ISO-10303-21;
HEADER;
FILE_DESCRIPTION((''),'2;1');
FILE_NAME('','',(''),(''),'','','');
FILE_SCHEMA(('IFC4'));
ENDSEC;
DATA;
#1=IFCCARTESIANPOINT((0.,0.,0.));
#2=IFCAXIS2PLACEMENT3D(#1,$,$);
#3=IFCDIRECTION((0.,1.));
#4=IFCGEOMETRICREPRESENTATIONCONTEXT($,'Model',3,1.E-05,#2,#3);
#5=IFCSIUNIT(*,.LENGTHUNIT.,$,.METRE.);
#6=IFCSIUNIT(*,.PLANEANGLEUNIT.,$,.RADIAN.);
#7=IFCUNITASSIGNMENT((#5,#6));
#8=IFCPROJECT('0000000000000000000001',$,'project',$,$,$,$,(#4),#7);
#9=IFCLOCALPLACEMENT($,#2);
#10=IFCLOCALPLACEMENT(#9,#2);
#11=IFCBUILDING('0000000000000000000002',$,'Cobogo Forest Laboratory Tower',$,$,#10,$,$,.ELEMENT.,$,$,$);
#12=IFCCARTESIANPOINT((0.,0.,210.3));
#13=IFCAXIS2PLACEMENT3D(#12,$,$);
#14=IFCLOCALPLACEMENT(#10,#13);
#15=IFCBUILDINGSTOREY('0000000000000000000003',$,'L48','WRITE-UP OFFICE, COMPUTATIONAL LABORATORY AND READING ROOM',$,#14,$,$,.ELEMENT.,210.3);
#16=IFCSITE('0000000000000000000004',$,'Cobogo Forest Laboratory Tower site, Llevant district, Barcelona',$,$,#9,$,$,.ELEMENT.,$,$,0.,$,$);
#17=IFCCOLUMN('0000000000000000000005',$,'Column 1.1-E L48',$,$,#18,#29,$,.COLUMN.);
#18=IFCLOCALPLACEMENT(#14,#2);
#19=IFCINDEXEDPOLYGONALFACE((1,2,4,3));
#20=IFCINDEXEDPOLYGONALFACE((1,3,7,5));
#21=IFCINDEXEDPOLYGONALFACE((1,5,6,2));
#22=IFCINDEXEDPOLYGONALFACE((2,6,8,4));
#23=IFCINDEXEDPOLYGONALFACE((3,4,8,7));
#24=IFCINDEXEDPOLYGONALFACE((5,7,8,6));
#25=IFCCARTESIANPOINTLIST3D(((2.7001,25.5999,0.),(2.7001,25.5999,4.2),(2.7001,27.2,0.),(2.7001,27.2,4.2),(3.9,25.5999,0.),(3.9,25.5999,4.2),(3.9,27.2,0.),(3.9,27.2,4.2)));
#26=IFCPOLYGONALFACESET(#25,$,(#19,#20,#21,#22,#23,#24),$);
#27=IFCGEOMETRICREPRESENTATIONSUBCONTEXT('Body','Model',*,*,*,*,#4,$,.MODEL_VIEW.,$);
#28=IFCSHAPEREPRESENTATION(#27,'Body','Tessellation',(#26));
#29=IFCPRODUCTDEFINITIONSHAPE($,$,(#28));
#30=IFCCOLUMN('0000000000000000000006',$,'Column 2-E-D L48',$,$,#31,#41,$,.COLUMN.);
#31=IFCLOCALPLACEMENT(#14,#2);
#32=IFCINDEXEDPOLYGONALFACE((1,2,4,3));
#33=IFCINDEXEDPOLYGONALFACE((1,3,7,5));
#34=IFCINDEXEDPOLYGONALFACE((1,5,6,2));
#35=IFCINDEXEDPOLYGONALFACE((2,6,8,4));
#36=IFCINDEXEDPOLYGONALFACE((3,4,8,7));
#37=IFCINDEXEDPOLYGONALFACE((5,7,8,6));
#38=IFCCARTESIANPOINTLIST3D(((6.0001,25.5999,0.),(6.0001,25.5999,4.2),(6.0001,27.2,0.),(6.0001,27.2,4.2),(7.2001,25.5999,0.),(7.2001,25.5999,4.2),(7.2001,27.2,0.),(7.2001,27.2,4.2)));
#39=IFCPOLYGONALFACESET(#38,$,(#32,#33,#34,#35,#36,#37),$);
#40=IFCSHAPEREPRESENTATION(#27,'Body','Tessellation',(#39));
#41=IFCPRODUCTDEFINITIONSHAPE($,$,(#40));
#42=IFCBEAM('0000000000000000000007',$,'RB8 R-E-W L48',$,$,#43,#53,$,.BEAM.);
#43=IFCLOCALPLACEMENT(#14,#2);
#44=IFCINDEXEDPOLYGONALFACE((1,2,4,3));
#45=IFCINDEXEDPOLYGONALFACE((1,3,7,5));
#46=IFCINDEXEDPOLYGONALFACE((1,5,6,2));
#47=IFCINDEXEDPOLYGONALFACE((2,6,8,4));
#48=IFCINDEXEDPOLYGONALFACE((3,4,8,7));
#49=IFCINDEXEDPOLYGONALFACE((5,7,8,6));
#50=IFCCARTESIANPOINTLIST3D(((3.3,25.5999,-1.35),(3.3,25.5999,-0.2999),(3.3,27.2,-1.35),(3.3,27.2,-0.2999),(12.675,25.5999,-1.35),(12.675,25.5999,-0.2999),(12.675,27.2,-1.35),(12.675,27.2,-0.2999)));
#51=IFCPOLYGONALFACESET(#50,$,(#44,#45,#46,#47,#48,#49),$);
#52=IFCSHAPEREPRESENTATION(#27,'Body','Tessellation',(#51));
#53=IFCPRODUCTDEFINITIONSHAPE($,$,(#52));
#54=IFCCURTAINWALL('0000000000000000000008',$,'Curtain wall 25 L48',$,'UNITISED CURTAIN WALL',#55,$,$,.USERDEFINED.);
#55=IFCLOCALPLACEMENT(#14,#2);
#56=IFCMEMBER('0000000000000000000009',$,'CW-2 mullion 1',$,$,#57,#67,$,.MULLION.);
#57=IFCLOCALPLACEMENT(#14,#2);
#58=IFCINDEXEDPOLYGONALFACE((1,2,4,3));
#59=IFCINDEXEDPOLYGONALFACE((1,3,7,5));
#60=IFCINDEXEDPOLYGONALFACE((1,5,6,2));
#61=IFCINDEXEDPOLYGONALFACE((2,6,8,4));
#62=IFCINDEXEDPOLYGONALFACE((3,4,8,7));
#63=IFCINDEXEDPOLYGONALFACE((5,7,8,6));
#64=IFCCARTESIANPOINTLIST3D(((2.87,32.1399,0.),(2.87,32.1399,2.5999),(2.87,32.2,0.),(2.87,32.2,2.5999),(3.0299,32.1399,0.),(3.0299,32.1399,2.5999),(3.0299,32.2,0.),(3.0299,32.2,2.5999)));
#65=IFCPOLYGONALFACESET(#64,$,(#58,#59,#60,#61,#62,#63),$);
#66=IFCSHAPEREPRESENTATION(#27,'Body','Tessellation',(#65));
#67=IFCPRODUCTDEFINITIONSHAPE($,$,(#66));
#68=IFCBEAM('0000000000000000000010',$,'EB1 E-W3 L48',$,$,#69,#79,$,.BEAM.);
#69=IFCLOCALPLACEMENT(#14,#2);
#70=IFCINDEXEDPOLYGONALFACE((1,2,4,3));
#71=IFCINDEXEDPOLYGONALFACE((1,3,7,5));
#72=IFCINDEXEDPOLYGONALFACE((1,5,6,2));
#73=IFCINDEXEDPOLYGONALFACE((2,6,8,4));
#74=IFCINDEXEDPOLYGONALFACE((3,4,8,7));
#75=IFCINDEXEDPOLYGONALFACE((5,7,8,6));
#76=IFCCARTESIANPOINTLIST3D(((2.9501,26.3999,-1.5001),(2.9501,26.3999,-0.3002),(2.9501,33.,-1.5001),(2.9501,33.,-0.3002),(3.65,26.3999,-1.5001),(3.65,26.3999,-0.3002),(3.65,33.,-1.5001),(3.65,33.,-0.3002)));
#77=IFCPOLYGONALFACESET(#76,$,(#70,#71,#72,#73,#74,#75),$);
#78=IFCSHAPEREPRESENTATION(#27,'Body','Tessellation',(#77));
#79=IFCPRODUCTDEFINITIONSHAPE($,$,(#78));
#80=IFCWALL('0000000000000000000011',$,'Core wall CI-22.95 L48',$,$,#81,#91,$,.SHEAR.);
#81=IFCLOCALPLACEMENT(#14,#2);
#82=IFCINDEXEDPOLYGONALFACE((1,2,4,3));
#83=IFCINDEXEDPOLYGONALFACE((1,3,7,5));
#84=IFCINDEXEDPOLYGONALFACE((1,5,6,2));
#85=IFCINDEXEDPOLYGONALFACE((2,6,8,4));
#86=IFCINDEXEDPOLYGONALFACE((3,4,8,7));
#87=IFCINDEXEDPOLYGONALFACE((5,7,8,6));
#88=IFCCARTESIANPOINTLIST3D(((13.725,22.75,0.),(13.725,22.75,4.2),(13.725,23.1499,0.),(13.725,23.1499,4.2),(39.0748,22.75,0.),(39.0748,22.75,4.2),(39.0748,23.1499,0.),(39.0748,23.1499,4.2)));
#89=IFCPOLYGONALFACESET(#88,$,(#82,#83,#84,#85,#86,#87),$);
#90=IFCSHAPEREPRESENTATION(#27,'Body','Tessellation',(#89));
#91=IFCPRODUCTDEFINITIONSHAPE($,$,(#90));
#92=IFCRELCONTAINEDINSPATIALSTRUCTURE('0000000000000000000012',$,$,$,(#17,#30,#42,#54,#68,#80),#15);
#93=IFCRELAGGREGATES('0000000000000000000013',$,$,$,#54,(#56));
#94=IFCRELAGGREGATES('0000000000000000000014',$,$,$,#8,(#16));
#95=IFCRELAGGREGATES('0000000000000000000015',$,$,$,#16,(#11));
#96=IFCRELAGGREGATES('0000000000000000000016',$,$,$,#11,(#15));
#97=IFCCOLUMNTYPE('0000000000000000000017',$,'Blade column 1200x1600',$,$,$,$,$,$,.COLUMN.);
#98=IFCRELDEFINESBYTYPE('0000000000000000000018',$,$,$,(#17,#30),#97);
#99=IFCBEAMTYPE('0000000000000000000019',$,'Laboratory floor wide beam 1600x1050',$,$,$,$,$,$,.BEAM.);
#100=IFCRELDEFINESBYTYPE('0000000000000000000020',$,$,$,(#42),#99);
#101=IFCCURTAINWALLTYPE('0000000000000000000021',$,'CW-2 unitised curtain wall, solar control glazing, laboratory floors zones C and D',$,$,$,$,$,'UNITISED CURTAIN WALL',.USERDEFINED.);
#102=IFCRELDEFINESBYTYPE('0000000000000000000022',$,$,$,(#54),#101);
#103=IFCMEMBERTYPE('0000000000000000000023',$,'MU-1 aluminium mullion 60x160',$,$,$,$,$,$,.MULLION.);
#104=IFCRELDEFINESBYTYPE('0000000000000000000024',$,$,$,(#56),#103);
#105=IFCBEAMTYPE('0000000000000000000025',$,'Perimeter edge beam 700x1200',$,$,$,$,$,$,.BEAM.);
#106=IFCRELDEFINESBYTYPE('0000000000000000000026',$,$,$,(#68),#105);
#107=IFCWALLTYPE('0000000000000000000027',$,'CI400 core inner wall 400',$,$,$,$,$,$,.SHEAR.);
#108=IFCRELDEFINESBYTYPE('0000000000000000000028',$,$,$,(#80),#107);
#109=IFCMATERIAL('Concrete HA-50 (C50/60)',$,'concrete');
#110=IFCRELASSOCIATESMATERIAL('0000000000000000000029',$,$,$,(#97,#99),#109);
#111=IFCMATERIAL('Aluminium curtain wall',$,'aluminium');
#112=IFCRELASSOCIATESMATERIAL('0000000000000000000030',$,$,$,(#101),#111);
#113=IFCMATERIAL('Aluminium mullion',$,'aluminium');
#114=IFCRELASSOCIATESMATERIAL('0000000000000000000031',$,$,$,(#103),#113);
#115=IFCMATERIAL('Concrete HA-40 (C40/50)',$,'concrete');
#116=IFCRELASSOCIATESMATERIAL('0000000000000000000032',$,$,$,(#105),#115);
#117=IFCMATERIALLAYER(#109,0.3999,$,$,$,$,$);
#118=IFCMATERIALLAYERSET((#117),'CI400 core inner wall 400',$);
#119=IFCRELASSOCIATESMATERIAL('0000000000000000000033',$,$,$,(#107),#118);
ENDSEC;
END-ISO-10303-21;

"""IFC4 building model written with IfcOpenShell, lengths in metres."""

from ifc_helpers import new_model, si_unit, direction, frame, frame_2d, origin, origin_2d, place, context, subcontext, project, spatial, rectangle, extrude, material, layer, layer_set, material_profile, profile_set, type_object, element, aggregate, save


model = new_model("IFC4")

# Units and contexts
model_context = context("Model", 3, precision=1e-05, world=origin(), true_north=direction((0.0, 1.0)))
body_context = subcontext(model_context, "Body", "Model", "MODEL_VIEW")
ifc_project = project(units=[si_unit("LENGTHUNIT", "METRE"), si_unit("PLANEANGLEUNIT", "RADIAN")], contexts=[model_context])

# Site, building, storey
site_placement = place(None, origin())
site = spatial("IfcSite", under=ifc_project, at=site_placement, Name="Cobogo Forest Laboratory Tower site, Llevant district, Barcelona", CompositionType="ELEMENT", RefElevation=0.0)
building_placement = place(site_placement, origin())
building = spatial("IfcBuilding", under=site, at=building_placement, Name="Cobogo Forest Laboratory Tower", CompositionType="ELEMENT")
storey_placement = place(building_placement, frame((0.0, 0.0, 210.3)))
storey = spatial("IfcBuildingStorey", under=building, at=storey_placement, Name="L48", Description="WRITE-UP OFFICE, COMPUTATIONAL LABORATORY AND READING ROOM", CompositionType="ELEMENT", Elevation=210.3)

# Columns
ifc_material_1 = material(Name="Concrete HA-50 (C50/60)", Category="concrete")
ifc_material_profile_1 = material_profile(ifc_material_1, rectangle(XDim=1.6001, YDim=1.2, at=origin_2d()), Name="RC 1200x1600")
ifc_profile_set_1 = profile_set([ifc_material_profile_1], Name="Concrete HA-50 (C50/60)")
column_type = type_object("IfcColumnType", Name="Blade column 1200x1600", PredefinedType="COLUMN", material=ifc_profile_set_1)
for number, where, z_axis, x_axis, name in (
    (1, (3.3, 26.3999, 0.0), (0.0, 0.0, 1.0), (0.0, 1.0, 0.0), "Column 1.1-E L48"),
    (2, (6.6001, 26.3999, 0.0), (0.0, 0.0, 1.0), (0.0, 1.0, 0.0), "Column 2-E-D L48"),
):
    element("IfcColumn", number, at=place(storey_placement, frame(where, z_axis=z_axis, x_axis=x_axis)), inside=storey, type_object=column_type, Name=name, PredefinedType="COLUMN", context=body_context, shape_type="SweptSolid", body=[
        extrude(rectangle(XDim=1.6001, YDim=1.2, at=origin_2d()), origin(), (0.0, 0.0, 1.0), 4.2),
    ])

# Beam
ifc_material_profile_2 = material_profile(ifc_material_1, rectangle(XDim=1.6001, YDim=1.05, at=origin_2d()), Name="RC 1600x1050")
ifc_profile_set_2 = profile_set([ifc_material_profile_2], Name="Concrete HA-50 (C50/60)")
beam_type_1 = type_object("IfcBeamType", Name="Laboratory floor wide beam 1600x1050", PredefinedType="BEAM", material=ifc_profile_set_2)
beam_1_placement = place(storey_placement, frame((12.675, 26.3999, -0.825), z_axis=(-1.0, 0.0, 0.0), x_axis=(0.0, -1.0, 0.0)))
element("IfcBeam", 3, at=beam_1_placement, inside=storey, type_object=beam_type_1, Name="RB8 R-E-W L48", PredefinedType="BEAM", context=body_context, shape_type="SweptSolid", body=[
    extrude(rectangle(XDim=1.6001, YDim=1.05, at=origin_2d()), origin(), (0.0, 0.0, 1.0), 9.375),
])

# Curtain wall, member
ifc_material_2 = material(Name="Aluminium curtain wall", Category="aluminium")
curtain_wall_type = type_object("IfcCurtainWallType", Name="CW-2 unitised curtain wall, solar control glazing, laboratory floors zones C and D", ElementType="UNITISED CURTAIN WALL", PredefinedType="USERDEFINED", material=ifc_material_2)
curtain_wall_placement = place(storey_placement, origin())
curtain_wall = element("IfcCurtainWall", 4, at=curtain_wall_placement, inside=storey, type_object=curtain_wall_type, Name="Curtain wall 25 L48", ObjectType="UNITISED CURTAIN WALL", PredefinedType="USERDEFINED")
ifc_material_3 = material(Name="Aluminium mullion", Category="aluminium")
ifc_material_profile_3 = material_profile(ifc_material_3, rectangle(XDim=0.0601, YDim=0.1599, at=origin_2d()), Name="AL 60x160")
ifc_profile_set_3 = profile_set([ifc_material_profile_3], Name="Aluminium mullion")
member_type = type_object("IfcMemberType", Name="MU-1 aluminium mullion 60x160", PredefinedType="MULLION", material=ifc_profile_set_3)
member_placement = place(storey_placement, frame((2.95, 32.1699, 0.0), z_axis=(0.0, 0.0, 1.0), x_axis=(0.0, -1.0, 0.0)))
member = element("IfcMember", 5, at=member_placement, type_object=member_type, Name="CW-2 mullion 1", PredefinedType="MULLION", context=body_context, shape_type="SweptSolid", body=[
    extrude(rectangle(XDim=0.0601, YDim=0.1599, at=origin_2d()), origin(), (0.0, 0.0, 1.0), 2.5999),
])
aggregate(curtain_wall, [member])

# Beam
ifc_material_4 = material(Name="Concrete HA-40 (C40/50)", Category="concrete")
ifc_material_profile_4 = material_profile(ifc_material_4, rectangle(XDim=0.7, YDim=1.2, at=origin_2d()), Name="RC 700x1200")
ifc_profile_set_4 = profile_set([ifc_material_profile_4], Name="Concrete HA-40 (C40/50)")
beam_type_2 = type_object("IfcBeamType", Name="Perimeter edge beam 700x1200", PredefinedType="BEAM", material=ifc_profile_set_4)
beam_2_placement = place(storey_placement, frame((3.3, 26.3999, -0.9001), z_axis=(0.0, 1.0, 0.0), x_axis=(-1.0, 0.0, 0.0)))
element("IfcBeam", 6, at=beam_2_placement, inside=storey, type_object=beam_type_2, Name="EB1 E-W3 L48", PredefinedType="BEAM", context=body_context, shape_type="SweptSolid", body=[
    extrude(rectangle(XDim=0.7, YDim=1.2, at=origin_2d()), origin(), (0.0, 0.0, 1.0), 6.6001),
])

# Wall
ifc_layer_1 = layer(ifc_material_1, 0.3999)
ifc_layer_set_1 = layer_set([ifc_layer_1], Name="CI400 core inner wall 400")
wall_type_1 = type_object("IfcWallType", Name="CI400 core inner wall 400", PredefinedType="SHEAR", material=ifc_layer_set_1)
wall_1_placement = place(storey_placement, frame((13.7251, 22.95, 0.0), z_axis=(0.0, 0.0, 1.0), x_axis=(1.0, 0.0, 0.0)))
element("IfcWall", 7, at=wall_1_placement, inside=storey, type_object=wall_type_1, Name="Core wall CI-22.95 L48", PredefinedType="SHEAR", context=body_context, shape_type="SweptSolid", body=[
    extrude(rectangle(XDim=25.3499, YDim=0.3999, at=frame_2d((12.6748, 0.0))), origin(), (0.0, 0.0, 1.0), 4.2),
])

save(model, "model.ifc")
